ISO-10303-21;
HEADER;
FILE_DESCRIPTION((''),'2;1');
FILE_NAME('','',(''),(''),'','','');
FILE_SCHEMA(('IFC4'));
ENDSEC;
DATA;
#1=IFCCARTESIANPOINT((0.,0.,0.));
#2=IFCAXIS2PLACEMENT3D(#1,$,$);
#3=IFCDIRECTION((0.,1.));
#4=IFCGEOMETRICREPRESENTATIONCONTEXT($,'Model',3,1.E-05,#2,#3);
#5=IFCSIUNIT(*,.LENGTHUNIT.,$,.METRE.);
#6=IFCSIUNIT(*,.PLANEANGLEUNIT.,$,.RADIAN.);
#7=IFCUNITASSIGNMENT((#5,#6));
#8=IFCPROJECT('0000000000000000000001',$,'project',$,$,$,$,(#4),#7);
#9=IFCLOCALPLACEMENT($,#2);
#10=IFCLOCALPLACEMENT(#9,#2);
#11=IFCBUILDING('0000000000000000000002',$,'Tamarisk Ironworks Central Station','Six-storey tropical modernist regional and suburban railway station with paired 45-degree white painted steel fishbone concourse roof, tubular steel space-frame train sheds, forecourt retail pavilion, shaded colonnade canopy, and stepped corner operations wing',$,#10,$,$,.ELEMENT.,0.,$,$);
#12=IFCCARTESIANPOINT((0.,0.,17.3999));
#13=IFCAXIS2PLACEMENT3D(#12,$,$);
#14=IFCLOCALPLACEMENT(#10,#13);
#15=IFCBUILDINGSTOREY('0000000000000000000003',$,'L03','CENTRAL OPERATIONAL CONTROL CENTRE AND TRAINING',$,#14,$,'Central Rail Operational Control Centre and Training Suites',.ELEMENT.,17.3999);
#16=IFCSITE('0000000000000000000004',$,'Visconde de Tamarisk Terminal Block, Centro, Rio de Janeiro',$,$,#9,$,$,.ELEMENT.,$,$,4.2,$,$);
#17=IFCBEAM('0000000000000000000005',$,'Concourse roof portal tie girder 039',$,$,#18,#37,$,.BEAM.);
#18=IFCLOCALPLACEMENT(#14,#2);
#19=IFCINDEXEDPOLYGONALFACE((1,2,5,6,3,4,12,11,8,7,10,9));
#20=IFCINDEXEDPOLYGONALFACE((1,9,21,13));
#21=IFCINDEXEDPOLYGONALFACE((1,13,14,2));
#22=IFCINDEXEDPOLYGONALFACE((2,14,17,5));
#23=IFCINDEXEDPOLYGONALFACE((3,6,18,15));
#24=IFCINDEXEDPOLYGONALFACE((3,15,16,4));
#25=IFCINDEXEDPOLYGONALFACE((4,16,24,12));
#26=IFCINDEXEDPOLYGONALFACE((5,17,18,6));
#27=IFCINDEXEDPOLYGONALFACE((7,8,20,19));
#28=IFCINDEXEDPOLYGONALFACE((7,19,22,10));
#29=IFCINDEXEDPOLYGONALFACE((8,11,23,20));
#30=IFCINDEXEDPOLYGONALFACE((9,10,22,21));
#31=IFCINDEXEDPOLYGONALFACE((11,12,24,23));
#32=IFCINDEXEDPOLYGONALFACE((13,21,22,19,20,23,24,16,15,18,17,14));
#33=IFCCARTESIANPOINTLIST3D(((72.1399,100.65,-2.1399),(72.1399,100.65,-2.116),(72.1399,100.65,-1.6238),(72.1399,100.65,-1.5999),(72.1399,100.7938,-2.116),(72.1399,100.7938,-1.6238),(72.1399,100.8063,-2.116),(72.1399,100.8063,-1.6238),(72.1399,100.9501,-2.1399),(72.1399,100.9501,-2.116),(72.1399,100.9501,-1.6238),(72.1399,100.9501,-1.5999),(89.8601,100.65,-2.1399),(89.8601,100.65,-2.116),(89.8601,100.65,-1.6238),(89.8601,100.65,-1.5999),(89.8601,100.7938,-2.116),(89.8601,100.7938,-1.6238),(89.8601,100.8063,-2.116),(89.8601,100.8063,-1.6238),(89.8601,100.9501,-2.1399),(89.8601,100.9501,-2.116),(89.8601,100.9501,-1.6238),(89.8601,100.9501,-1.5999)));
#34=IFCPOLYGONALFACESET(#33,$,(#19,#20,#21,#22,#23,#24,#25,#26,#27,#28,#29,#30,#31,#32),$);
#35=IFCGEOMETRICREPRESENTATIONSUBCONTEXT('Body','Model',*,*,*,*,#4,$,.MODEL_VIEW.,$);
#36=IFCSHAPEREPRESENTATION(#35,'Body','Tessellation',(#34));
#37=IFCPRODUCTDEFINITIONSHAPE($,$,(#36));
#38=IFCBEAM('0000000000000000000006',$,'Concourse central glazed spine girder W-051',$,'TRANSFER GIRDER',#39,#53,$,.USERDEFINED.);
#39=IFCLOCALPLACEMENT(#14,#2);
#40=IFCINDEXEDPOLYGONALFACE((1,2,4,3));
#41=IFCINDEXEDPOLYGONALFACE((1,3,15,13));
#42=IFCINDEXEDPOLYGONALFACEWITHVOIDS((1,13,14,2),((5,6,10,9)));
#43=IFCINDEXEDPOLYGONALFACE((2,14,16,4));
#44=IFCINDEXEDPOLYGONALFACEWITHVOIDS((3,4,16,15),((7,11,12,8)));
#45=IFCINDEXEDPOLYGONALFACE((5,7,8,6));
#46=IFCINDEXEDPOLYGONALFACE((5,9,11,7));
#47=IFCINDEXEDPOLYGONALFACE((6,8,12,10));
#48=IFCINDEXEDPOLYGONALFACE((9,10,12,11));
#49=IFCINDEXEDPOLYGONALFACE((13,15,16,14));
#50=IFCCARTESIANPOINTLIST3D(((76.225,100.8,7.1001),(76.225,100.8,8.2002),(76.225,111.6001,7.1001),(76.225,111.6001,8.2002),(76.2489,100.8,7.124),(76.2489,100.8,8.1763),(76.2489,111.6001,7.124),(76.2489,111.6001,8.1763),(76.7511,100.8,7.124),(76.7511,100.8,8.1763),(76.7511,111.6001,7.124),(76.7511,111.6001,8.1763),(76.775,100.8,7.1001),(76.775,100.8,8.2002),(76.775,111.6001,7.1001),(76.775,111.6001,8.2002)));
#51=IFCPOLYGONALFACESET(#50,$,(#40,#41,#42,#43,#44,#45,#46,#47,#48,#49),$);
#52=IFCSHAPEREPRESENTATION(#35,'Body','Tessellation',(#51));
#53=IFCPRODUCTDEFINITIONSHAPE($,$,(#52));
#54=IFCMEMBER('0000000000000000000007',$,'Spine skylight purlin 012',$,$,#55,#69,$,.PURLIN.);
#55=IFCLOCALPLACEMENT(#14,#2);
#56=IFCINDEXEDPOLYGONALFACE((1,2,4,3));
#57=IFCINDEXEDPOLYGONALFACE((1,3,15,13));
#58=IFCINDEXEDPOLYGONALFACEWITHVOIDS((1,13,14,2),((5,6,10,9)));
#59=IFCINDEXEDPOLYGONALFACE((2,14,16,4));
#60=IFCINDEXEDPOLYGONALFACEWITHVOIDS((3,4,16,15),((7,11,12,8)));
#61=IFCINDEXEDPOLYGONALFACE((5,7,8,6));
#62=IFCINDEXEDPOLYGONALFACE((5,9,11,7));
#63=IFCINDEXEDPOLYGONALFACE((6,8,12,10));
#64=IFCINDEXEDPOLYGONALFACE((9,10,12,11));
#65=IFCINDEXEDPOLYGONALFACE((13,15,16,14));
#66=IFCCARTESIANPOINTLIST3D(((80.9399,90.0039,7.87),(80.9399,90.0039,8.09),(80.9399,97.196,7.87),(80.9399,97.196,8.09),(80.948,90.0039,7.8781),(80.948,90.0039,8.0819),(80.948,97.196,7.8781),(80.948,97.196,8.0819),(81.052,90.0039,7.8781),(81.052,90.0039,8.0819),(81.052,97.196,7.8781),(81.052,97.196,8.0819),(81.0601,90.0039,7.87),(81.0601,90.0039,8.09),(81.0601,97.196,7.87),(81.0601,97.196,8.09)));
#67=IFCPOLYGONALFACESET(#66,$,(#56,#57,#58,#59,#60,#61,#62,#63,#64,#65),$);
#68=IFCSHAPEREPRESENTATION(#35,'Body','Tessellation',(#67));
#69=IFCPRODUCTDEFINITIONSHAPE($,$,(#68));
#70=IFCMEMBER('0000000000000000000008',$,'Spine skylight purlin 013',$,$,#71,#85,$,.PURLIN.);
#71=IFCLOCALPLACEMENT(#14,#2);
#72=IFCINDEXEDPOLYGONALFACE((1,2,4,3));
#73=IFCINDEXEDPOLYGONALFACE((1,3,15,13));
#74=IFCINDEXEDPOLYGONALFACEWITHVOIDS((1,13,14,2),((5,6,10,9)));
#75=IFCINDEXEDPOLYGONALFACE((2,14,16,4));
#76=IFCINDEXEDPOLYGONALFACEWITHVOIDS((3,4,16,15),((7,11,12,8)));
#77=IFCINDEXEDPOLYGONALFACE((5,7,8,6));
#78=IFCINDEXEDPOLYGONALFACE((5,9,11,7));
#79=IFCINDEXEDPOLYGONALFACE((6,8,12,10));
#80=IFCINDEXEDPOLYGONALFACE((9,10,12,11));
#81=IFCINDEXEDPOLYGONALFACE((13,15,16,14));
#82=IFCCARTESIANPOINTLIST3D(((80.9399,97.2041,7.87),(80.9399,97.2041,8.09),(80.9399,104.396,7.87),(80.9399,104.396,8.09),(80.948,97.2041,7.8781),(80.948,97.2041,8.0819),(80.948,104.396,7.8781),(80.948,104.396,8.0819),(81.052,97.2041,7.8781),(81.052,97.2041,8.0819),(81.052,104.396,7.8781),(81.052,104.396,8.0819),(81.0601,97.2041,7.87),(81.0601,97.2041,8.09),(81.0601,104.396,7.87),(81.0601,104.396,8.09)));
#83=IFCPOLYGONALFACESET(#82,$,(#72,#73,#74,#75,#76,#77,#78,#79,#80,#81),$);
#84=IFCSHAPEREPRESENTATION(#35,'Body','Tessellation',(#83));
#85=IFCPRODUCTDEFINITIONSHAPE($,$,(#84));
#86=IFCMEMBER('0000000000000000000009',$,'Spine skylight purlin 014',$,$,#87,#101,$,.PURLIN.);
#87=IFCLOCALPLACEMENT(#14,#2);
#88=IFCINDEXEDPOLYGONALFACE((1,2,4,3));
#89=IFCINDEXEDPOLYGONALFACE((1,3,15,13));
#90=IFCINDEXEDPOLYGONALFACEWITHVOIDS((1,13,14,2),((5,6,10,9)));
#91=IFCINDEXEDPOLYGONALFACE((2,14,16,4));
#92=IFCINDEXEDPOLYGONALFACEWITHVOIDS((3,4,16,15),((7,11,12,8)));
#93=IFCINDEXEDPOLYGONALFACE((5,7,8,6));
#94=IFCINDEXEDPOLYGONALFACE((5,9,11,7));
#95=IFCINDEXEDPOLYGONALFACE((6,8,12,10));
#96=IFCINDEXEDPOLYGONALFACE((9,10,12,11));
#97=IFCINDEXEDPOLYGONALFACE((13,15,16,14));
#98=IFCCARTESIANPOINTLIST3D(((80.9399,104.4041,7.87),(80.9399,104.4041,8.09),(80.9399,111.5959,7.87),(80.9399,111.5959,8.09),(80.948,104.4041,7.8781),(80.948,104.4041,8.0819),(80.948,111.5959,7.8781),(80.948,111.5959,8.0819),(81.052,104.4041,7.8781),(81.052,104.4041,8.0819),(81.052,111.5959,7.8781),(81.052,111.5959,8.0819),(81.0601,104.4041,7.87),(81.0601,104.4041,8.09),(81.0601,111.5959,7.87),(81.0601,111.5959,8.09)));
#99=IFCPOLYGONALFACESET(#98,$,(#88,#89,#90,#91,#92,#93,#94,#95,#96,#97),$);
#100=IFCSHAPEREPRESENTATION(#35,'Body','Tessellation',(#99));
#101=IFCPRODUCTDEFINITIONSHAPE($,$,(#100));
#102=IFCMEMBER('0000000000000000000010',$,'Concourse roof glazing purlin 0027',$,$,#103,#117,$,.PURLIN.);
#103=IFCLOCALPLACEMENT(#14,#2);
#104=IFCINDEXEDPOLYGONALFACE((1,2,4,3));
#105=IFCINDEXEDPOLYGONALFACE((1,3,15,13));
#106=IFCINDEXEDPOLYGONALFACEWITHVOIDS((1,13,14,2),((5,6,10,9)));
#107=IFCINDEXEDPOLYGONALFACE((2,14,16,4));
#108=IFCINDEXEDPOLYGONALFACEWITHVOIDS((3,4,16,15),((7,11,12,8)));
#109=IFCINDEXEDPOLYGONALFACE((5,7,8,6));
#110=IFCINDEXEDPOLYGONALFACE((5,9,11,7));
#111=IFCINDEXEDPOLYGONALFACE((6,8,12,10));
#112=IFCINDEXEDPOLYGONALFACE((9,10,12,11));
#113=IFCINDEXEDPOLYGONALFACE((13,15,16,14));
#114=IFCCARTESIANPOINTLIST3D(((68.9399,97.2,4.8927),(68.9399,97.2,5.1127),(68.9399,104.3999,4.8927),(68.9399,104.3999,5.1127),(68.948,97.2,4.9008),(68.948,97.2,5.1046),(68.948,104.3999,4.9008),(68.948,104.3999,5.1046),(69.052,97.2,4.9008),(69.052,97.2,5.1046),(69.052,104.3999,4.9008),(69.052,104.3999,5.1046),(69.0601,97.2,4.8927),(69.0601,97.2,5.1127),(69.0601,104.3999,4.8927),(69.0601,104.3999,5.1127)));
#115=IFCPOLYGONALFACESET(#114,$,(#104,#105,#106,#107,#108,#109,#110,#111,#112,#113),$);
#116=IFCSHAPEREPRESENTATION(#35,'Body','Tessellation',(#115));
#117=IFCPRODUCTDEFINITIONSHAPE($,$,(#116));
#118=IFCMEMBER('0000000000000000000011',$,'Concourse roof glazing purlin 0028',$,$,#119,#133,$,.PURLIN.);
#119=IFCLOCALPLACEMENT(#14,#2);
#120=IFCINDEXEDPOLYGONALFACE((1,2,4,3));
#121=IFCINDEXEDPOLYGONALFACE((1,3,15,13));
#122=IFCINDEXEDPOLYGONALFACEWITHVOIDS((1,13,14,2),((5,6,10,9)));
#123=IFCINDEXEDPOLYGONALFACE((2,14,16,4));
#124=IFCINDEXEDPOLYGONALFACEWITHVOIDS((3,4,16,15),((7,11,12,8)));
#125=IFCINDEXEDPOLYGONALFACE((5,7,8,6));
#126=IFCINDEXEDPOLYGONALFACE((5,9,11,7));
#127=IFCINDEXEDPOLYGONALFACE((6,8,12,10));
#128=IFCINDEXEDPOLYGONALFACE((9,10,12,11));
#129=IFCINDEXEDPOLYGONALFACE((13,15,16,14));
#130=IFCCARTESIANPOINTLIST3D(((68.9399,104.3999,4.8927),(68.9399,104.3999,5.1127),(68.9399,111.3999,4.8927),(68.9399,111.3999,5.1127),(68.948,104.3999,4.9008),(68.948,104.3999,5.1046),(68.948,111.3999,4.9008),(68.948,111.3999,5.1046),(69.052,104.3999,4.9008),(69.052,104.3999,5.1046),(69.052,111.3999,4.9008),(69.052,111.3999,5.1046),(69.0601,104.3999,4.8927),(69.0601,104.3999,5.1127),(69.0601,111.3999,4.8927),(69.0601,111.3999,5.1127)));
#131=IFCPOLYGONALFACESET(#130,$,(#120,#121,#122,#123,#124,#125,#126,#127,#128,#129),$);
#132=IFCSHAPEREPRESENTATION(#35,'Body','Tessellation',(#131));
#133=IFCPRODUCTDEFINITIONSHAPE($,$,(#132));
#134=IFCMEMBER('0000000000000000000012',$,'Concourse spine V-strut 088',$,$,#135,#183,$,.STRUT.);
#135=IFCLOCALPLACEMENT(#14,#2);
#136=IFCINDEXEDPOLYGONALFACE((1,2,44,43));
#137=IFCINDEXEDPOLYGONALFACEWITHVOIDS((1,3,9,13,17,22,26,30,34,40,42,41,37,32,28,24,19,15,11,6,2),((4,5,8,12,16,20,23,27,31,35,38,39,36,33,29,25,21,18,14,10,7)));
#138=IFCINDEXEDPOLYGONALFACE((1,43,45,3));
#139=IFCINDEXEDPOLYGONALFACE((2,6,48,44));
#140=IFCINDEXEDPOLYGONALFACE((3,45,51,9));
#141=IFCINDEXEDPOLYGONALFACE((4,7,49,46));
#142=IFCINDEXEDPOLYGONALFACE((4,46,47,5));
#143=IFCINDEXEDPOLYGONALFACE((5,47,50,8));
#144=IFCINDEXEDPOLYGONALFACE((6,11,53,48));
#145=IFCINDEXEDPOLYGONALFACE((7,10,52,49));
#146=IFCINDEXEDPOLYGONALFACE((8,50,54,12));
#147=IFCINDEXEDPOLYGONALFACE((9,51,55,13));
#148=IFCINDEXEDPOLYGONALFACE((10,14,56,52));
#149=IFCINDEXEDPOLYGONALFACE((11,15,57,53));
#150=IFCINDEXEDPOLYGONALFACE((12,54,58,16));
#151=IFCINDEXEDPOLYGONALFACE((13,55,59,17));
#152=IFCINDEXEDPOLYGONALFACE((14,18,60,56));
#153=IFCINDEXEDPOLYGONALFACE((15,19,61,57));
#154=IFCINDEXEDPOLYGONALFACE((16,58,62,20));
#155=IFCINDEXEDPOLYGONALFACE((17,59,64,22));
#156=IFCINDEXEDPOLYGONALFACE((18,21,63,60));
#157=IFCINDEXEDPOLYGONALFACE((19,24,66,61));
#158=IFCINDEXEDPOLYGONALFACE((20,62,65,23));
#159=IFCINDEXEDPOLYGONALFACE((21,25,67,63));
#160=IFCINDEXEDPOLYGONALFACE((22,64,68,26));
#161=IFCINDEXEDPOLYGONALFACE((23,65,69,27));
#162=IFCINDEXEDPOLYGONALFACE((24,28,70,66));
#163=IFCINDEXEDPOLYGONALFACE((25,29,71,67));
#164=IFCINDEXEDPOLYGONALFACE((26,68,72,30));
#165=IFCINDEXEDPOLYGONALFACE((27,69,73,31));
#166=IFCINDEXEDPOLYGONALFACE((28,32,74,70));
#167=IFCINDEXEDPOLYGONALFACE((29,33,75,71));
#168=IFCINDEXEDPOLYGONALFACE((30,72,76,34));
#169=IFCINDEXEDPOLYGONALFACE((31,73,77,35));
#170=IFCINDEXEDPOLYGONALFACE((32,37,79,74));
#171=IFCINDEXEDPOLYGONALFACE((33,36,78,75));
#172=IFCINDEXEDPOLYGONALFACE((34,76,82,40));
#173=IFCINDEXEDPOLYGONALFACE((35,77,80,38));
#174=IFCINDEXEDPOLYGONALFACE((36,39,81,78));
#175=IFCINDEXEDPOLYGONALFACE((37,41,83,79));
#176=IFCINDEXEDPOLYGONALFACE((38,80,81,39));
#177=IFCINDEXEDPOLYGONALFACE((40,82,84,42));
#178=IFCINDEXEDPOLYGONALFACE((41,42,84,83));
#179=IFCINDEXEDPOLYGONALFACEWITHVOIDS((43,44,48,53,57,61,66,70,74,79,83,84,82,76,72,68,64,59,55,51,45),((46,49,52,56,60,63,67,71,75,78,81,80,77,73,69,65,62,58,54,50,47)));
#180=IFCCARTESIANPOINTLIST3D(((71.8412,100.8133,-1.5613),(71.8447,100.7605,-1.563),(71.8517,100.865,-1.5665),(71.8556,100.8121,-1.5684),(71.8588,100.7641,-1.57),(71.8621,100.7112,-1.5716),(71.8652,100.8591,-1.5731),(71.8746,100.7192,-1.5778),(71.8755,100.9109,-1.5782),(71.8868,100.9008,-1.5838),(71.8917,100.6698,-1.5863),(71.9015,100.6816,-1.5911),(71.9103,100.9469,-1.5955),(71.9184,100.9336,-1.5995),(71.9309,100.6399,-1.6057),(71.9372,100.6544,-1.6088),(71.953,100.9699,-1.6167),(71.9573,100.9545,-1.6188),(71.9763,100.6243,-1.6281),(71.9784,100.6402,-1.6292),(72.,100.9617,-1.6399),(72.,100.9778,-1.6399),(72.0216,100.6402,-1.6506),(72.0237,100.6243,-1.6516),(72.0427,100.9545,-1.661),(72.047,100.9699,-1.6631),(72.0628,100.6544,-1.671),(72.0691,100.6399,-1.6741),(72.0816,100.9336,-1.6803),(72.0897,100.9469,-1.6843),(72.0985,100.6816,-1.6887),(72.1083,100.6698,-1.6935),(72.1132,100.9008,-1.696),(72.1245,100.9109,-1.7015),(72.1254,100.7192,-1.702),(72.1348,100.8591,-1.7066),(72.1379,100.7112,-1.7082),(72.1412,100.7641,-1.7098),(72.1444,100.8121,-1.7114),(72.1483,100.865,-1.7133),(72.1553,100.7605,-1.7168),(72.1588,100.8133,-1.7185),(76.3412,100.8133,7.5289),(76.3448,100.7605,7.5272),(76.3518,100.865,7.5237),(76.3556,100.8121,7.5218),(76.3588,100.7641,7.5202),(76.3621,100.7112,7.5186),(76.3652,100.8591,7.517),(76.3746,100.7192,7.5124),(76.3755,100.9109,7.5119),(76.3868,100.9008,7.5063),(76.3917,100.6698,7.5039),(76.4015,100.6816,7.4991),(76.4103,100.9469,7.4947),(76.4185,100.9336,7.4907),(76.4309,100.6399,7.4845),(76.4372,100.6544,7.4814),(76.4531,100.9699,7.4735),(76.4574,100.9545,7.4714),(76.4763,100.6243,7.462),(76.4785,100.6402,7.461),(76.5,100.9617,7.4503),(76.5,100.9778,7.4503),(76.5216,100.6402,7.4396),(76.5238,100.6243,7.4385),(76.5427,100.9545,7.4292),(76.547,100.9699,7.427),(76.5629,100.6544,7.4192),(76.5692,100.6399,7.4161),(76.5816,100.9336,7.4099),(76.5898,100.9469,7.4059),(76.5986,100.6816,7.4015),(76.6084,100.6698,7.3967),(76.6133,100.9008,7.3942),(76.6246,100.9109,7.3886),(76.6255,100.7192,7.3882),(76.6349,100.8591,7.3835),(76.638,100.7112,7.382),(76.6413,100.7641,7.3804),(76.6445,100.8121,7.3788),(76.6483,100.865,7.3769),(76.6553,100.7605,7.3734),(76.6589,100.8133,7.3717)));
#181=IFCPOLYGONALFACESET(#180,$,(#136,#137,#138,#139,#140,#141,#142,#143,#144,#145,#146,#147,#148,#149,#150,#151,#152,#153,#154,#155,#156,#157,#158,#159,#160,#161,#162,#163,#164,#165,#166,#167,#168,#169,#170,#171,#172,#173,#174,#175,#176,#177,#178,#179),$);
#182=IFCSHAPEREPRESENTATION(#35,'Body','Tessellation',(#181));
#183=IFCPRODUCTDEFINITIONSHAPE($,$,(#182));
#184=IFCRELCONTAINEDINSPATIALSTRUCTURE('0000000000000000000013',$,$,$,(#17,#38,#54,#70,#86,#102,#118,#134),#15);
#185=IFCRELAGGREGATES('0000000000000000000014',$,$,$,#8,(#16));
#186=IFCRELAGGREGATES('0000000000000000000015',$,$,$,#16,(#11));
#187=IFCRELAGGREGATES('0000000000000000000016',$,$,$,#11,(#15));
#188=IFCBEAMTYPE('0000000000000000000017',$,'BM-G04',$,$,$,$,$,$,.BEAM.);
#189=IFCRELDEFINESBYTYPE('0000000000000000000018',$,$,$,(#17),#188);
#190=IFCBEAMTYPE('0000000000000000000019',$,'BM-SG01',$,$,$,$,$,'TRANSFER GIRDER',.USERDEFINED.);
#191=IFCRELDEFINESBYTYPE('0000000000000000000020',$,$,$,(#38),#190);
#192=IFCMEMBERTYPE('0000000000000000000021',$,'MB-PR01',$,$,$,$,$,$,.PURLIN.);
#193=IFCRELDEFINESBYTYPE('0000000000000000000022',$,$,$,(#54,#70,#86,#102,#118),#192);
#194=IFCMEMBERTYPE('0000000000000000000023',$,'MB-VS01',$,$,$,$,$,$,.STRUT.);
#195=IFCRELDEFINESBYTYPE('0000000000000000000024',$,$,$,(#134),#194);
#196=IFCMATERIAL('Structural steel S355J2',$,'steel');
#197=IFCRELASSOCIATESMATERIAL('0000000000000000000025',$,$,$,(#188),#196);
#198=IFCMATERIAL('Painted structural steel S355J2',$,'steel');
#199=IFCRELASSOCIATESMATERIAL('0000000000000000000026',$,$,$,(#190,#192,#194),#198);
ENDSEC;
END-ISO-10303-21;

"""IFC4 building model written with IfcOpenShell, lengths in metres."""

from ifc_helpers import new_model, si_unit, direction, frame, origin, origin_2d, place, context, subcontext, project, spatial, hollow_rectangle, hollow_circle, i_section, extrude, material, material_profile, profile_set, type_object, element, save


model = new_model("IFC4")

# Units and contexts
model_context = context("Model", 3, precision=1e-05, world=origin(), true_north=direction((0.0, 1.0)))
body_context = subcontext(model_context, "Body", "Model", "MODEL_VIEW")
ifc_project = project(units=[si_unit("LENGTHUNIT", "METRE"), si_unit("PLANEANGLEUNIT", "RADIAN")], contexts=[model_context])

# Site, building, storey
site_placement = place(None, origin())
site = spatial("IfcSite", under=ifc_project, at=site_placement, Name="Visconde de Tamarisk Terminal Block, Centro, Rio de Janeiro", CompositionType="ELEMENT", RefElevation=4.2)
building_placement = place(site_placement, origin())
building = spatial("IfcBuilding", under=site, at=building_placement, Name="Tamarisk Ironworks Central Station", Description="Six-storey tropical modernist regional and suburban railway station with paired 45-degree white painted steel fishbone concourse roof, tubular steel space-frame train sheds, forecourt retail pavilion, shaded colonnade canopy, and stepped corner operations wing", CompositionType="ELEMENT", ElevationOfRefHeight=0.0)
storey_placement = place(building_placement, frame((0.0, 0.0, 17.3999)))
storey = spatial("IfcBuildingStorey", under=building, at=storey_placement, Name="L03", Description="CENTRAL OPERATIONAL CONTROL CENTRE AND TRAINING", LongName="Central Rail Operational Control Centre and Training Suites", CompositionType="ELEMENT", Elevation=17.3999)

# Shared definitions
ifc_material_1 = material(Name="Structural steel S355J2", Category="steel")

# Beams
ifc_material_2 = material(Name="Painted structural steel S355J2", Category="steel")
ifc_material_profile_1 = material_profile(ifc_material_1, i_section(OverallWidth=0.3, OverallDepth=0.54, WebThickness=0.0125, FlangeThickness=0.0239, at=origin_2d()), Name="HEA 550")
ifc_profile_set_1 = profile_set([ifc_material_profile_1], Name="Structural steel S355J2")
beam_type_1 = type_object("IfcBeamType", Name="BM-G04", PredefinedType="BEAM", material=ifc_profile_set_1)
beam_1_placement = place(storey_placement, frame((72.1399, 100.8, -1.8699), z_axis=(1.0, 0.0, 0.0), x_axis=(0.0, 1.0, 0.0)))
element("IfcBeam", 1, at=beam_1_placement, inside=storey, type_object=beam_type_1, Name="Concourse roof portal tie girder 039", PredefinedType="BEAM", context=body_context, shape_type="SweptSolid", body=[
    extrude(i_section(OverallWidth=0.3, OverallDepth=0.54, WebThickness=0.0125, FlangeThickness=0.0239, at=origin_2d()), origin(), (0.0, 0.0, 1.0), 17.7202),
])
ifc_material_profile_2 = material_profile(ifc_material_2, hollow_rectangle(XDim=0.55, YDim=1.1001, WallThickness=0.0239, at=origin_2d()), Name="BOX 550x1100x24")
ifc_profile_set_2 = profile_set([ifc_material_profile_2], Name="Painted structural steel S355J2")
beam_type_2 = type_object("IfcBeamType", Name="BM-SG01", ElementType="TRANSFER GIRDER", PredefinedType="USERDEFINED", material=ifc_profile_set_2)
beam_2_placement = place(storey_placement, frame((76.5, 100.8, 7.6501), z_axis=(0.0, 1.0, 0.0), x_axis=(-1.0, 0.0, 0.0)))
element("IfcBeam", 2, at=beam_2_placement, inside=storey, type_object=beam_type_2, Name="Concourse central glazed spine girder W-051", ObjectType="TRANSFER GIRDER", PredefinedType="USERDEFINED", context=body_context, shape_type="SweptSolid", body=[
    extrude(hollow_rectangle(XDim=0.55, YDim=1.1001, WallThickness=0.0239, at=origin_2d()), origin(), (0.0, 0.0, 1.0), 10.8),
])

# Members
ifc_material_profile_3 = material_profile(ifc_material_2, hollow_rectangle(XDim=0.1201, YDim=0.22, WallThickness=0.0081, at=origin_2d()), Name="RHS 220x120x8")
ifc_profile_set_3 = profile_set([ifc_material_profile_3], Name="Painted structural steel S355J2")
member_type_1 = type_object("IfcMemberType", Name="MB-PR01", PredefinedType="PURLIN", material=ifc_profile_set_3)
member_1_placement = place(storey_placement, frame((81.0, 90.0039, 7.98), z_axis=(0.0, 1.0, 0.0), x_axis=(-1.0, 0.0, 0.0)))
element("IfcMember", 3, at=member_1_placement, inside=storey, type_object=member_type_1, Name="Spine skylight purlin 012", PredefinedType="PURLIN", context=body_context, shape_type="SweptSolid", body=[
    extrude(hollow_rectangle(XDim=0.1201, YDim=0.22, WallThickness=0.0081, at=origin_2d()), origin(), (0.0, 0.0, 1.0), 7.1921),
])
for number, where, z_axis, x_axis, name in (
    (4, (81.0, 97.2041, 7.98), (0.0, 1.0, 0.0), (-1.0, 0.0, 0.0), "Spine skylight purlin 013"),
    (5, (81.0, 104.4041, 7.98), (0.0, 1.0, 0.0), (-1.0, 0.0, 0.0), "Spine skylight purlin 014"),
):
    element("IfcMember", number, at=place(storey_placement, frame(where, z_axis=z_axis, x_axis=x_axis)), inside=storey, type_object=member_type_1, Name=name, PredefinedType="PURLIN", context=body_context, shape_type="SweptSolid", body=[
        extrude(hollow_rectangle(XDim=0.1201, YDim=0.22, WallThickness=0.0081, at=origin_2d()), origin(), (0.0, 0.0, 1.0), 7.1919),
    ])
member_2_placement = place(storey_placement, frame((69.0, 97.2, 5.0027), z_axis=(0.0, 1.0, 0.0), x_axis=(-1.0, 0.0, 0.0)))
element("IfcMember", 6, at=member_2_placement, inside=storey, type_object=member_type_1, Name="Concourse roof glazing purlin 0027", PredefinedType="PURLIN", context=body_context, shape_type="SweptSolid", body=[
    extrude(hollow_rectangle(XDim=0.1201, YDim=0.22, WallThickness=0.0081, at=origin_2d()), origin(), (0.0, 0.0, 1.0), 7.2),
])
member_3_placement = place(storey_placement, frame((69.0, 104.3999, 5.0027), z_axis=(0.0, 1.0, 0.0), x_axis=(-1.0, 0.0, 0.0)))
element("IfcMember", 7, at=member_3_placement, inside=storey, type_object=member_type_1, Name="Concourse roof glazing purlin 0028", PredefinedType="PURLIN", context=body_context, shape_type="SweptSolid", body=[
    extrude(hollow_rectangle(XDim=0.1201, YDim=0.22, WallThickness=0.0081, at=origin_2d()), origin(), (0.0, 0.0, 1.0), 7.0),
])
ifc_material_profile_4 = material_profile(ifc_material_2, hollow_circle(Radius=0.1777, WallThickness=0.0161, at=origin_2d()), Name="CHS 355.6x16")
ifc_profile_set_4 = profile_set([ifc_material_profile_4], Name="Painted structural steel S355J2")
member_type_2 = type_object("IfcMemberType", Name="MB-VS01", PredefinedType="STRUT", material=ifc_profile_set_4)
for number, where, z_axis, x_axis, name in (
    (8, (72.0, 100.8, -1.6399), (0.443657, 0.0, 0.896196), (0.0, 1.0, 0.0), "Concourse spine V-strut 088"),
):
    element("IfcMember", number, at=place(storey_placement, frame(where, z_axis=z_axis, x_axis=x_axis)), inside=storey, type_object=member_type_2, Name=name, PredefinedType="STRUT", context=body_context, shape_type="SweptSolid", body=[
        extrude(hollow_circle(Radius=0.1777, WallThickness=0.0161, at=origin_2d()), origin(), (0.0, 0.0, 1.0), 10.1431),
    ])

save(model, "model.ifc")
